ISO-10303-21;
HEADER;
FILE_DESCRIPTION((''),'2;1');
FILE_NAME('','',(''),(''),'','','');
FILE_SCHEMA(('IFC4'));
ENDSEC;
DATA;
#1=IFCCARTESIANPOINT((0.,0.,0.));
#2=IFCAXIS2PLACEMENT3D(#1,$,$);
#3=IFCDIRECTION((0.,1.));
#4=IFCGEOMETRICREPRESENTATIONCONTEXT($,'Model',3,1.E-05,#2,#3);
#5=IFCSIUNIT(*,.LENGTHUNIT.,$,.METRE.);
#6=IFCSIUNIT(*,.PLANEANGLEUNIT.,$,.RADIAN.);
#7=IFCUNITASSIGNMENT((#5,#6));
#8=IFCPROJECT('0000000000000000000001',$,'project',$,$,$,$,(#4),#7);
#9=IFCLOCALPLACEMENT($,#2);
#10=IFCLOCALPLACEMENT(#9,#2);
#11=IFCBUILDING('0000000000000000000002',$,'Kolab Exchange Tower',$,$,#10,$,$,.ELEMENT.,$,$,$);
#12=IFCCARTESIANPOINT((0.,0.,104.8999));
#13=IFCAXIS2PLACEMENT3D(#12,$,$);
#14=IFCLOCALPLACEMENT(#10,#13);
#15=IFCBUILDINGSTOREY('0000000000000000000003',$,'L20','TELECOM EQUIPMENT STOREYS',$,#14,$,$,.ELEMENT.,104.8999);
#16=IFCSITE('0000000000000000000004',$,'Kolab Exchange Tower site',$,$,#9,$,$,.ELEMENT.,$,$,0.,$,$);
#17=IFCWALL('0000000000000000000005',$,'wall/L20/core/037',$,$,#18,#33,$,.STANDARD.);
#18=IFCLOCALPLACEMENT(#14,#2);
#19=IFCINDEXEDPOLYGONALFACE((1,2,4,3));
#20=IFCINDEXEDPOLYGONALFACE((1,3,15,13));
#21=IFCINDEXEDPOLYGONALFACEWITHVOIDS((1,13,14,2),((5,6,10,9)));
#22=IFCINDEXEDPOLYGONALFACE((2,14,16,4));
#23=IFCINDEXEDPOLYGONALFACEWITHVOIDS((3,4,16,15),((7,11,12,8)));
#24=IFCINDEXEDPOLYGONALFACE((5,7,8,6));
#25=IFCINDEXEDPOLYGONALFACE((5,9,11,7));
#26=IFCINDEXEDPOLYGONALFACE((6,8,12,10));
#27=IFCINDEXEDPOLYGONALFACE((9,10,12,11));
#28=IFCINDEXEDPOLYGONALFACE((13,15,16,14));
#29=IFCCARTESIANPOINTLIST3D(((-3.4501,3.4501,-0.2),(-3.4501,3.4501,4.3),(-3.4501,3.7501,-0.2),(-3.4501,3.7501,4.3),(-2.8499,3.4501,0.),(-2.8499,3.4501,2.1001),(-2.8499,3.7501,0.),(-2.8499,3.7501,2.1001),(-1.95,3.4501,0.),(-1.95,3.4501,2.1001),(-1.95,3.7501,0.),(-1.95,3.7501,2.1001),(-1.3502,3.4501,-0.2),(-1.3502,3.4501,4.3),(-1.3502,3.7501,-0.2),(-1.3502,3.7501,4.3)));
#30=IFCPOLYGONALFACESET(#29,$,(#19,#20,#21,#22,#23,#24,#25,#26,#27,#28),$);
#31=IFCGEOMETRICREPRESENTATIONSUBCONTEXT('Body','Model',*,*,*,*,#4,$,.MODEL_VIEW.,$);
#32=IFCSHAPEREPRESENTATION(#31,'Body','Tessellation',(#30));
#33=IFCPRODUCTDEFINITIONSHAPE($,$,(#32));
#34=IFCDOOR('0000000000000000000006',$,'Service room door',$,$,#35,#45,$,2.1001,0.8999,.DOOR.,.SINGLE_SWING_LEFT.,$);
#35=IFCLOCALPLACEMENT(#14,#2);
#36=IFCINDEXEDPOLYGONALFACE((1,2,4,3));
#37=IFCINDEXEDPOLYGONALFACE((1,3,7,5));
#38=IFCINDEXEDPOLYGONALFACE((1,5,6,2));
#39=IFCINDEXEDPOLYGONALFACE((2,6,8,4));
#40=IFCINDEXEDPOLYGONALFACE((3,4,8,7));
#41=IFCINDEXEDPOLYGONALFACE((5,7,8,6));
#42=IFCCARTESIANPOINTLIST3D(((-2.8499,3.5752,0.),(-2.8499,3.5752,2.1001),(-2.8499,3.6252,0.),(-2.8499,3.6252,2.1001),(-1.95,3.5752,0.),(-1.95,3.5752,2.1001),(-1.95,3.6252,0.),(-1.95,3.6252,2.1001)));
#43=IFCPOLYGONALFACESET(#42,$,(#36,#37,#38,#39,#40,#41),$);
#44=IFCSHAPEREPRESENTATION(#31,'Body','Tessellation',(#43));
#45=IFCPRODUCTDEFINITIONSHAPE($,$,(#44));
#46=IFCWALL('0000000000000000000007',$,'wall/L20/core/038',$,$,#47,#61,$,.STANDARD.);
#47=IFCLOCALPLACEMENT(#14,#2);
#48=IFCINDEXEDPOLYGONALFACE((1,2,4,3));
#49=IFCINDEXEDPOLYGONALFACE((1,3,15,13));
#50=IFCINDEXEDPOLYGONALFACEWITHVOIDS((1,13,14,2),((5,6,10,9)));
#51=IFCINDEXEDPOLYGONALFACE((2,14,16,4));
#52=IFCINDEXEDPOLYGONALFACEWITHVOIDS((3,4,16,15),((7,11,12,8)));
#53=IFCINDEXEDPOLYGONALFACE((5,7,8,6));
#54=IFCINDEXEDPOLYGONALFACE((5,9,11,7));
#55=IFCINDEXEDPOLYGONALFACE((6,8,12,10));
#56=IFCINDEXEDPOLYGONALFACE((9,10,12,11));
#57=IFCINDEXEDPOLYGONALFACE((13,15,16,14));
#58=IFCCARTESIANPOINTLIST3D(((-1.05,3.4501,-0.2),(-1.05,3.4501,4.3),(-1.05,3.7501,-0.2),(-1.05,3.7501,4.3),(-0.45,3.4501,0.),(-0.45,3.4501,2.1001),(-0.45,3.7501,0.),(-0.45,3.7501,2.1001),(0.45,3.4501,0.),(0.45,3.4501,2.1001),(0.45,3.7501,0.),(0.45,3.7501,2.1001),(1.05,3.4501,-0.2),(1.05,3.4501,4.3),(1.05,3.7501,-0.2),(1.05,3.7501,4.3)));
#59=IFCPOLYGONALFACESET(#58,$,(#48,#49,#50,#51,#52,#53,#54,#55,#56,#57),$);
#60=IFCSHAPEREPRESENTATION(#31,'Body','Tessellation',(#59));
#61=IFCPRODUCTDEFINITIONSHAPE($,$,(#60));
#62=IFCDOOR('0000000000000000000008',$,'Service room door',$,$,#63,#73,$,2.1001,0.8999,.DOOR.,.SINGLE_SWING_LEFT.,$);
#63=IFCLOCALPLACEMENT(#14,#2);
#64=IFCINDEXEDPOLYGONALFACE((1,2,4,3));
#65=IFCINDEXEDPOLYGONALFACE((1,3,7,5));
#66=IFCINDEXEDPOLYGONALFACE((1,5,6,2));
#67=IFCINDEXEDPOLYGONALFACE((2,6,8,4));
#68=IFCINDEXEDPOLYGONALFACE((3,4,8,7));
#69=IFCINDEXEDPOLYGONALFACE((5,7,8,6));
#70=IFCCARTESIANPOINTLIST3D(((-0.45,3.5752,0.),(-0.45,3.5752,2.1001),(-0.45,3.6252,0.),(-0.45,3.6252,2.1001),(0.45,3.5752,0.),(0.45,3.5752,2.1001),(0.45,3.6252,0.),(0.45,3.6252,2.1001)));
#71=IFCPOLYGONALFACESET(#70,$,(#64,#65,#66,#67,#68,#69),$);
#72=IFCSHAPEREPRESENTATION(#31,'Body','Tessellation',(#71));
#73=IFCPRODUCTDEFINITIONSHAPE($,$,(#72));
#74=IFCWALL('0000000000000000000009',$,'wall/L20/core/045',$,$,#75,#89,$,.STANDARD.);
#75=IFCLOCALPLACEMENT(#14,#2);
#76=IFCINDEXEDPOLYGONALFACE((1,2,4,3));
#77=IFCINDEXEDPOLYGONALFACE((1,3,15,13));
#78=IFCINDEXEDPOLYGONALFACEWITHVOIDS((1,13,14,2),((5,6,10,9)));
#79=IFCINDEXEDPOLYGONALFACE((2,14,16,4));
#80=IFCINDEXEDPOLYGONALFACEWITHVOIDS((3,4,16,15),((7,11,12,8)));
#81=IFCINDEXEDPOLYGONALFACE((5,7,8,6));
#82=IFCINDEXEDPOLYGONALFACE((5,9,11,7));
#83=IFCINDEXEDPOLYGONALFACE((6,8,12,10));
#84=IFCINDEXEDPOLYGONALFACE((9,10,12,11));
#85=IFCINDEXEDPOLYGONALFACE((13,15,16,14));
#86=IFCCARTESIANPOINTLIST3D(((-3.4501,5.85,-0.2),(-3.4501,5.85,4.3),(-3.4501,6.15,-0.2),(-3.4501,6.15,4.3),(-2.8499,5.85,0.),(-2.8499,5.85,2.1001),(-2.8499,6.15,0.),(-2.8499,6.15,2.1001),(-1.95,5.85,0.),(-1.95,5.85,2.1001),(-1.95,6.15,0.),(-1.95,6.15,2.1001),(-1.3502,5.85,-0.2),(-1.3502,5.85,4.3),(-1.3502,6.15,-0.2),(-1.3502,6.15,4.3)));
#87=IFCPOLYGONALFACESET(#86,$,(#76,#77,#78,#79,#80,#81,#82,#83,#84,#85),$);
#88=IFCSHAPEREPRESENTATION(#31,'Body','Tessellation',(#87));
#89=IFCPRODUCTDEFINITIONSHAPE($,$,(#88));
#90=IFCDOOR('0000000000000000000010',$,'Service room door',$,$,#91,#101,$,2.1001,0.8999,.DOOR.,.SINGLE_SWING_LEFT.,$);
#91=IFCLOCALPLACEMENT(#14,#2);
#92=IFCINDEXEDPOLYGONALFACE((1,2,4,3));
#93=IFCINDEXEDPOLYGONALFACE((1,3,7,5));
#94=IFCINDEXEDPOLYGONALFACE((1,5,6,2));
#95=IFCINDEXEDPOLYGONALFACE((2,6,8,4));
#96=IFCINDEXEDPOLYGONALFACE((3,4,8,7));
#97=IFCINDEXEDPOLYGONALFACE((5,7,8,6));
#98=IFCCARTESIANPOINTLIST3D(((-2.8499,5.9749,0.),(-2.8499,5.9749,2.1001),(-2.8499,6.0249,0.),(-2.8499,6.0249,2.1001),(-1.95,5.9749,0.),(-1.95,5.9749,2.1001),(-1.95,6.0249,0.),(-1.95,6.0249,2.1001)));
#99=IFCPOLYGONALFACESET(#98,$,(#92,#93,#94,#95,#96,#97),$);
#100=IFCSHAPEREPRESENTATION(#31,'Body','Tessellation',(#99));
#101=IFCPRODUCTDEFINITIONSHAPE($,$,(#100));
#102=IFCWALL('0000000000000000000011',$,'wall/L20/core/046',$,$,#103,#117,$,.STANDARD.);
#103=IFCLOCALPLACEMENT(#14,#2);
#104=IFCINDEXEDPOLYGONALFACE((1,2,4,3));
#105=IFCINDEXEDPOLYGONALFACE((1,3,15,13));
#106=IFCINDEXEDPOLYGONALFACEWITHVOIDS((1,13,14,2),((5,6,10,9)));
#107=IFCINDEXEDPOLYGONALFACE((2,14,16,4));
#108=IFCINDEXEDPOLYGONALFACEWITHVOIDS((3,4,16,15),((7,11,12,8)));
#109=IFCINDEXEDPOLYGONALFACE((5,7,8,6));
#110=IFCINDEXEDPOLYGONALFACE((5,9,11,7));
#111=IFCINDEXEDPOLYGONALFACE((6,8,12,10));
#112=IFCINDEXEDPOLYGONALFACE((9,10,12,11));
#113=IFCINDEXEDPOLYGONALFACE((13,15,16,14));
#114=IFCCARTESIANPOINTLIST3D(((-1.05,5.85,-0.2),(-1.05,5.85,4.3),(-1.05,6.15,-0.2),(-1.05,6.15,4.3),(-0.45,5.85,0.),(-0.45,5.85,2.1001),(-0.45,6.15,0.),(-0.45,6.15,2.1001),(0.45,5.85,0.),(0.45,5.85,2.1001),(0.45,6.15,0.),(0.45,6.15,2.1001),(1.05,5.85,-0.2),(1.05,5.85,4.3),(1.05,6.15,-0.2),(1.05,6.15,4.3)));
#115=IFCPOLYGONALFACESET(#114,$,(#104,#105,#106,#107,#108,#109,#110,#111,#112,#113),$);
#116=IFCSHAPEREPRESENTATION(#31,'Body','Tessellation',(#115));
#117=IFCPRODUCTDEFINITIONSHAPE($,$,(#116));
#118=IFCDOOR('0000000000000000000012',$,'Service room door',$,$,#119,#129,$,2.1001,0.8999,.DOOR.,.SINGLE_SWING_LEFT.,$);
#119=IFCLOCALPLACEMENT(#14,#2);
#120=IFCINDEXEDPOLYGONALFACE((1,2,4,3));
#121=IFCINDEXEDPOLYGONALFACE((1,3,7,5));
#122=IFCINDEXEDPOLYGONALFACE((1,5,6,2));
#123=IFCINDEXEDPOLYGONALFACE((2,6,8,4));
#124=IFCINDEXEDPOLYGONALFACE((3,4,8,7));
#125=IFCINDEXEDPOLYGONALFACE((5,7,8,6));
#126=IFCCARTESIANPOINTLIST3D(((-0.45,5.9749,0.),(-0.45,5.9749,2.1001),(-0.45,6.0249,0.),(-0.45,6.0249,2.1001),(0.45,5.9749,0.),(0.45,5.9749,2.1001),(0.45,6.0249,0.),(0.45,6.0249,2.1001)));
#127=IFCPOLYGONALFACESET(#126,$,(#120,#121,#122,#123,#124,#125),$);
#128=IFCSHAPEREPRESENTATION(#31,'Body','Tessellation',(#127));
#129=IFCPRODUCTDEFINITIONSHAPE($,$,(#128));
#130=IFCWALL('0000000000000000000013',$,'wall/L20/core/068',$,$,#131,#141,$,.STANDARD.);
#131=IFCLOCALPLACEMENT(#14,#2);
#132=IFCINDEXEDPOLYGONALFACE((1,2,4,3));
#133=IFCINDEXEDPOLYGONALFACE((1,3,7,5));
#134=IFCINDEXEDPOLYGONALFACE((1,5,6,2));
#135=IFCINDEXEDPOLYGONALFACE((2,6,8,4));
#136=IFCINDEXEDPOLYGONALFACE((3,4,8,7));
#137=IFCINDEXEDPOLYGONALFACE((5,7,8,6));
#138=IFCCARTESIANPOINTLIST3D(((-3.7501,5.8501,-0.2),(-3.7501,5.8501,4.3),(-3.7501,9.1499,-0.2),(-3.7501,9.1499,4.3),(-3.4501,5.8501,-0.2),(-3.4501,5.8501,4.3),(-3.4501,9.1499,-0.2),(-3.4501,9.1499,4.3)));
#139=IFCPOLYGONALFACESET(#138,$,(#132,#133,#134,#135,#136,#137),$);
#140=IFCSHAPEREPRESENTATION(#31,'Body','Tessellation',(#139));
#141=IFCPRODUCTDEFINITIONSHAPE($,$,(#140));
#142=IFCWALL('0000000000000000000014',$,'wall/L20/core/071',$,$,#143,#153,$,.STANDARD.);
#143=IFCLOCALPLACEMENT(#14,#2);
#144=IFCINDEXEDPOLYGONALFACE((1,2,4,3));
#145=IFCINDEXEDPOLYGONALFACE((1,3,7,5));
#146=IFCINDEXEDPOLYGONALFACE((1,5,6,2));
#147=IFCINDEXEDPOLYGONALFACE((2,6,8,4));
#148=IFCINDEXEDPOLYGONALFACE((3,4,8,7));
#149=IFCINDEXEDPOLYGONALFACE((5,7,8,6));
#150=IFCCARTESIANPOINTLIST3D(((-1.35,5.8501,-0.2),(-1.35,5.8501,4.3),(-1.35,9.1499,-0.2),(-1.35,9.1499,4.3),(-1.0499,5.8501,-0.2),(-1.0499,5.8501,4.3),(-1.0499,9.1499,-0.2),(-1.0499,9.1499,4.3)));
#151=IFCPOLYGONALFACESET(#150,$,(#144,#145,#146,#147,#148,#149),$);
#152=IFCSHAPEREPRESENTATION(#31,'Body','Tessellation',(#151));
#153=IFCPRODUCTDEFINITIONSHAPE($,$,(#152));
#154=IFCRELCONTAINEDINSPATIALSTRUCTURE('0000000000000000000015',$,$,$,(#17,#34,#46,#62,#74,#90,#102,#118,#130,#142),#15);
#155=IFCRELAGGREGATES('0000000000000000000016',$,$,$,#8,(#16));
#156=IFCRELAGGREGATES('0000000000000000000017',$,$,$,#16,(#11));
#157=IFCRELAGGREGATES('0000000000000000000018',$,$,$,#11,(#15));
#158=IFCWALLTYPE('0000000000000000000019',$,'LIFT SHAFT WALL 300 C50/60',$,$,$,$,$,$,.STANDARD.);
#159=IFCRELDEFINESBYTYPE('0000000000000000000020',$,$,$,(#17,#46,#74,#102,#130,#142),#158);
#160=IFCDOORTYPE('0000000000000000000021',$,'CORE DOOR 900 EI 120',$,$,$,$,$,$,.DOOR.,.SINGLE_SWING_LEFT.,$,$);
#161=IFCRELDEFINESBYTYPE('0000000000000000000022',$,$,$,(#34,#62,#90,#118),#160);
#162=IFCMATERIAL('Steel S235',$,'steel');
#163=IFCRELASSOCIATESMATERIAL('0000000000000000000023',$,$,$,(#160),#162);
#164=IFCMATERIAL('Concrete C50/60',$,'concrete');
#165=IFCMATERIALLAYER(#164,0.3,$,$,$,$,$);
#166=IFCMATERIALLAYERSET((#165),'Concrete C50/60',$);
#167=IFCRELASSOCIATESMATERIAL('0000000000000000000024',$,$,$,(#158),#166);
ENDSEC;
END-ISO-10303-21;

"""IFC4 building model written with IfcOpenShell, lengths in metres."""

from ifc_helpers import new_model, si_unit, direction, frame, frame_2d, origin, place, context, subcontext, project, spatial, rectangle, extrude, material, layer, layer_set, type_object, element, fill, save


model = new_model("IFC4")

# Units and contexts
model_context = context("Model", 3, precision=1e-05, world=origin(), true_north=direction((0.0, 1.0)))
body_context = subcontext(model_context, "Body", "Model", "MODEL_VIEW")
ifc_project = project(units=[si_unit("LENGTHUNIT", "METRE"), si_unit("PLANEANGLEUNIT", "RADIAN")], contexts=[model_context])

# Site, building, storey
site_placement = place(None, origin())
site = spatial("IfcSite", under=ifc_project, at=site_placement, Name="Kolab Exchange Tower site", CompositionType="ELEMENT", RefElevation=0.0)
building_placement = place(site_placement, origin())
building = spatial("IfcBuilding", under=site, at=building_placement, Name="Kolab Exchange Tower", CompositionType="ELEMENT")
storey_placement = place(building_placement, frame((0.0, 0.0, 104.8999)))
storey = spatial("IfcBuildingStorey", under=building, at=storey_placement, Name="L20", Description="TELECOM EQUIPMENT STOREYS", CompositionType="ELEMENT", Elevation=104.8999)

# Shared definitions
ifc_material_1 = material(Name="Steel S235", Category="steel")
door_type_1 = type_object("IfcDoorType", Name="CORE DOOR 900 EI 120", OperationType="SINGLE_SWING_LEFT", PredefinedType="DOOR", material=ifc_material_1)

# Shared definitions
ifc_material_2 = material(Name="Concrete C50/60", Category="concrete")
ifc_layer_1 = layer(ifc_material_2, 0.3)
ifc_layer_set_1 = layer_set([ifc_layer_1], Name="Concrete C50/60")
wall_type_1 = type_object("IfcWallType", Name="LIFT SHAFT WALL 300 C50/60", PredefinedType="STANDARD", material=ifc_layer_set_1)

# Walls, openings, doors
wall_1_placement = place(storey_placement, frame((-3.45, 3.6001, -0.2), z_axis=(0.0, 0.0, 1.0), x_axis=(1.0, 0.0, 0.0)))
wall_1 = element("IfcWall", 1, at=wall_1_placement, inside=storey, type_object=wall_type_1, Name="wall/L20/core/037", PredefinedType="STANDARD", context=body_context, shape_type="SweptSolid", body=[
    extrude(rectangle(XDim=2.0999, YDim=0.3, at=frame_2d((1.0498, 0.0))), origin(), (0.0, 0.0, 1.0), 4.5),
])
opening_1_placement = place(wall_1_placement, frame((0.6001, 0.0, 0.2)))
opening_1 = element("IfcOpeningElement", 2, at=opening_1_placement, cuts=wall_1, PredefinedType="OPENING", context=body_context, shape_type="SweptSolid", body=[
    extrude(rectangle(XDim=0.8999, YDim=2.1001, at=frame_2d((0.45, 1.05))), frame((0.0, 0.1602, 0.0), z_axis=(0.0, -1.0, 0.0), x_axis=(1.0, 0.0, 0.0)), (0.0, 0.0, 1.0), 0.3201),
])
door_1_placement = place(opening_1_placement, frame((0.8999, 0.0, 0.0), z_axis=(0.0, 0.0, 1.0), x_axis=(-1.0, 0.0, 0.0)))
door_1 = element("IfcDoor", 3, at=door_1_placement, inside=storey, type_object=door_type_1, Name="Service room door", OperationType="SINGLE_SWING_LEFT", OverallHeight=2.1001, OverallWidth=0.8999, PredefinedType="DOOR", context=body_context, shape_type="SweptSolid", body=[
    extrude(rectangle(XDim=0.8999, YDim=2.1001, at=frame_2d((0.45, 1.05))), frame((0.0, 0.0249, 0.0), z_axis=(0.0, -1.0, 0.0), x_axis=(1.0, 0.0, 0.0)), (0.0, 0.0, 1.0), 0.05),
])
fill(opening_1, door_1)
wall_2_placement = place(storey_placement, frame((-1.05, 3.6001, -0.2), z_axis=(0.0, 0.0, 1.0), x_axis=(1.0, 0.0, 0.0)))
wall_2 = element("IfcWall", 4, at=wall_2_placement, inside=storey, type_object=wall_type_1, Name="wall/L20/core/038", PredefinedType="STANDARD", context=body_context, shape_type="SweptSolid", body=[
    extrude(rectangle(XDim=2.1001, YDim=0.3, at=frame_2d((1.05, 0.0))), origin(), (0.0, 0.0, 1.0), 4.5),
])
opening_2_placement = place(wall_2_placement, frame((0.6001, 0.0, 0.2)))
opening_2 = element("IfcOpeningElement", 5, at=opening_2_placement, cuts=wall_2, PredefinedType="OPENING", context=body_context, shape_type="SweptSolid", body=[
    extrude(rectangle(XDim=0.8999, YDim=2.1001, at=frame_2d((0.45, 1.05))), frame((0.0, 0.1602, 0.0), z_axis=(0.0, -1.0, 0.0), x_axis=(1.0, 0.0, 0.0)), (0.0, 0.0, 1.0), 0.3201),
])
door_2_placement = place(opening_2_placement, frame((0.8999, 0.0, 0.0), z_axis=(0.0, 0.0, 1.0), x_axis=(-1.0, 0.0, 0.0)))
door_2 = element("IfcDoor", 6, at=door_2_placement, inside=storey, type_object=door_type_1, Name="Service room door", OperationType="SINGLE_SWING_LEFT", OverallHeight=2.1001, OverallWidth=0.8999, PredefinedType="DOOR", context=body_context, shape_type="SweptSolid", body=[
    extrude(rectangle(XDim=0.8999, YDim=2.1001, at=frame_2d((0.45, 1.05))), frame((0.0, 0.0249, 0.0), z_axis=(0.0, -1.0, 0.0), x_axis=(1.0, 0.0, 0.0)), (0.0, 0.0, 1.0), 0.05),
])
fill(opening_2, door_2)
wall_3_placement = place(storey_placement, frame((-3.45, 6.0, -0.2), z_axis=(0.0, 0.0, 1.0), x_axis=(1.0, 0.0, 0.0)))
wall_3 = element("IfcWall", 7, at=wall_3_placement, inside=storey, type_object=wall_type_1, Name="wall/L20/core/045", PredefinedType="STANDARD", context=body_context, shape_type="SweptSolid", body=[
    extrude(rectangle(XDim=2.0999, YDim=0.3, at=frame_2d((1.0498, 0.0))), origin(), (0.0, 0.0, 1.0), 4.5),
])
opening_3_placement = place(wall_3_placement, frame((0.6001, 0.0, 0.2)))
opening_3 = element("IfcOpeningElement", 8, at=opening_3_placement, cuts=wall_3, PredefinedType="OPENING", context=body_context, shape_type="SweptSolid", body=[
    extrude(rectangle(XDim=0.8999, YDim=2.1001, at=frame_2d((0.45, 1.05))), frame((0.0, 0.1602, 0.0), z_axis=(0.0, -1.0, 0.0), x_axis=(1.0, 0.0, 0.0)), (0.0, 0.0, 1.0), 0.3201),
])
door_3_placement = place(opening_3_placement, origin())
door_3 = element("IfcDoor", 9, at=door_3_placement, inside=storey, type_object=door_type_1, Name="Service room door", OperationType="SINGLE_SWING_LEFT", OverallHeight=2.1001, OverallWidth=0.8999, PredefinedType="DOOR", context=body_context, shape_type="SweptSolid", body=[
    extrude(rectangle(XDim=0.8999, YDim=2.1001, at=frame_2d((0.45, 1.05))), frame((0.0, 0.0249, 0.0), z_axis=(0.0, -1.0, 0.0), x_axis=(1.0, 0.0, 0.0)), (0.0, 0.0, 1.0), 0.05),
])
fill(opening_3, door_3)
wall_4_placement = place(storey_placement, frame((-1.05, 6.0, -0.2), z_axis=(0.0, 0.0, 1.0), x_axis=(1.0, 0.0, 0.0)))
wall_4 = element("IfcWall", 10, at=wall_4_placement, inside=storey, type_object=wall_type_1, Name="wall/L20/core/046", PredefinedType="STANDARD", context=body_context, shape_type="SweptSolid", body=[
    extrude(rectangle(XDim=2.1001, YDim=0.3, at=frame_2d((1.05, 0.0))), origin(), (0.0, 0.0, 1.0), 4.5),
])
opening_4_placement = place(wall_4_placement, frame((0.6001, 0.0, 0.2)))
opening_4 = element("IfcOpeningElement", 11, at=opening_4_placement, cuts=wall_4, PredefinedType="OPENING", context=body_context, shape_type="SweptSolid", body=[
    extrude(rectangle(XDim=0.8999, YDim=2.1001, at=frame_2d((0.45, 1.05))), frame((0.0, 0.1602, 0.0), z_axis=(0.0, -1.0, 0.0), x_axis=(1.0, 0.0, 0.0)), (0.0, 0.0, 1.0), 0.3201),
])
door_4_placement = place(opening_4_placement, origin())
door_4 = element("IfcDoor", 12, at=door_4_placement, inside=storey, type_object=door_type_1, Name="Service room door", OperationType="SINGLE_SWING_LEFT", OverallHeight=2.1001, OverallWidth=0.8999, PredefinedType="DOOR", context=body_context, shape_type="SweptSolid", body=[
    extrude(rectangle(XDim=0.8999, YDim=2.1001, at=frame_2d((0.45, 1.05))), frame((0.0, 0.0249, 0.0), z_axis=(0.0, -1.0, 0.0), x_axis=(1.0, 0.0, 0.0)), (0.0, 0.0, 1.0), 0.05),
])
fill(opening_4, door_4)

# Walls
for number, where, z_axis, x_axis, name in (
    (13, (-3.6001, 5.8501, -0.2), (0.0, 0.0, 1.0), (0.0, 1.0, 0.0), "wall/L20/core/068"),
    (14, (-1.2, 5.8501, -0.2), (0.0, 0.0, 1.0), (0.0, 1.0, 0.0), "wall/L20/core/071"),
):
    element("IfcWall", number, at=place(storey_placement, frame(where, z_axis=z_axis, x_axis=x_axis)), inside=storey, type_object=wall_type_1, Name=name, PredefinedType="STANDARD", context=body_context, shape_type="SweptSolid", body=[
        extrude(rectangle(XDim=3.2998, YDim=0.3, at=frame_2d((1.6499, 0.0))), origin(), (0.0, 0.0, 1.0), 4.5),
    ])

save(model, "model.ifc")
